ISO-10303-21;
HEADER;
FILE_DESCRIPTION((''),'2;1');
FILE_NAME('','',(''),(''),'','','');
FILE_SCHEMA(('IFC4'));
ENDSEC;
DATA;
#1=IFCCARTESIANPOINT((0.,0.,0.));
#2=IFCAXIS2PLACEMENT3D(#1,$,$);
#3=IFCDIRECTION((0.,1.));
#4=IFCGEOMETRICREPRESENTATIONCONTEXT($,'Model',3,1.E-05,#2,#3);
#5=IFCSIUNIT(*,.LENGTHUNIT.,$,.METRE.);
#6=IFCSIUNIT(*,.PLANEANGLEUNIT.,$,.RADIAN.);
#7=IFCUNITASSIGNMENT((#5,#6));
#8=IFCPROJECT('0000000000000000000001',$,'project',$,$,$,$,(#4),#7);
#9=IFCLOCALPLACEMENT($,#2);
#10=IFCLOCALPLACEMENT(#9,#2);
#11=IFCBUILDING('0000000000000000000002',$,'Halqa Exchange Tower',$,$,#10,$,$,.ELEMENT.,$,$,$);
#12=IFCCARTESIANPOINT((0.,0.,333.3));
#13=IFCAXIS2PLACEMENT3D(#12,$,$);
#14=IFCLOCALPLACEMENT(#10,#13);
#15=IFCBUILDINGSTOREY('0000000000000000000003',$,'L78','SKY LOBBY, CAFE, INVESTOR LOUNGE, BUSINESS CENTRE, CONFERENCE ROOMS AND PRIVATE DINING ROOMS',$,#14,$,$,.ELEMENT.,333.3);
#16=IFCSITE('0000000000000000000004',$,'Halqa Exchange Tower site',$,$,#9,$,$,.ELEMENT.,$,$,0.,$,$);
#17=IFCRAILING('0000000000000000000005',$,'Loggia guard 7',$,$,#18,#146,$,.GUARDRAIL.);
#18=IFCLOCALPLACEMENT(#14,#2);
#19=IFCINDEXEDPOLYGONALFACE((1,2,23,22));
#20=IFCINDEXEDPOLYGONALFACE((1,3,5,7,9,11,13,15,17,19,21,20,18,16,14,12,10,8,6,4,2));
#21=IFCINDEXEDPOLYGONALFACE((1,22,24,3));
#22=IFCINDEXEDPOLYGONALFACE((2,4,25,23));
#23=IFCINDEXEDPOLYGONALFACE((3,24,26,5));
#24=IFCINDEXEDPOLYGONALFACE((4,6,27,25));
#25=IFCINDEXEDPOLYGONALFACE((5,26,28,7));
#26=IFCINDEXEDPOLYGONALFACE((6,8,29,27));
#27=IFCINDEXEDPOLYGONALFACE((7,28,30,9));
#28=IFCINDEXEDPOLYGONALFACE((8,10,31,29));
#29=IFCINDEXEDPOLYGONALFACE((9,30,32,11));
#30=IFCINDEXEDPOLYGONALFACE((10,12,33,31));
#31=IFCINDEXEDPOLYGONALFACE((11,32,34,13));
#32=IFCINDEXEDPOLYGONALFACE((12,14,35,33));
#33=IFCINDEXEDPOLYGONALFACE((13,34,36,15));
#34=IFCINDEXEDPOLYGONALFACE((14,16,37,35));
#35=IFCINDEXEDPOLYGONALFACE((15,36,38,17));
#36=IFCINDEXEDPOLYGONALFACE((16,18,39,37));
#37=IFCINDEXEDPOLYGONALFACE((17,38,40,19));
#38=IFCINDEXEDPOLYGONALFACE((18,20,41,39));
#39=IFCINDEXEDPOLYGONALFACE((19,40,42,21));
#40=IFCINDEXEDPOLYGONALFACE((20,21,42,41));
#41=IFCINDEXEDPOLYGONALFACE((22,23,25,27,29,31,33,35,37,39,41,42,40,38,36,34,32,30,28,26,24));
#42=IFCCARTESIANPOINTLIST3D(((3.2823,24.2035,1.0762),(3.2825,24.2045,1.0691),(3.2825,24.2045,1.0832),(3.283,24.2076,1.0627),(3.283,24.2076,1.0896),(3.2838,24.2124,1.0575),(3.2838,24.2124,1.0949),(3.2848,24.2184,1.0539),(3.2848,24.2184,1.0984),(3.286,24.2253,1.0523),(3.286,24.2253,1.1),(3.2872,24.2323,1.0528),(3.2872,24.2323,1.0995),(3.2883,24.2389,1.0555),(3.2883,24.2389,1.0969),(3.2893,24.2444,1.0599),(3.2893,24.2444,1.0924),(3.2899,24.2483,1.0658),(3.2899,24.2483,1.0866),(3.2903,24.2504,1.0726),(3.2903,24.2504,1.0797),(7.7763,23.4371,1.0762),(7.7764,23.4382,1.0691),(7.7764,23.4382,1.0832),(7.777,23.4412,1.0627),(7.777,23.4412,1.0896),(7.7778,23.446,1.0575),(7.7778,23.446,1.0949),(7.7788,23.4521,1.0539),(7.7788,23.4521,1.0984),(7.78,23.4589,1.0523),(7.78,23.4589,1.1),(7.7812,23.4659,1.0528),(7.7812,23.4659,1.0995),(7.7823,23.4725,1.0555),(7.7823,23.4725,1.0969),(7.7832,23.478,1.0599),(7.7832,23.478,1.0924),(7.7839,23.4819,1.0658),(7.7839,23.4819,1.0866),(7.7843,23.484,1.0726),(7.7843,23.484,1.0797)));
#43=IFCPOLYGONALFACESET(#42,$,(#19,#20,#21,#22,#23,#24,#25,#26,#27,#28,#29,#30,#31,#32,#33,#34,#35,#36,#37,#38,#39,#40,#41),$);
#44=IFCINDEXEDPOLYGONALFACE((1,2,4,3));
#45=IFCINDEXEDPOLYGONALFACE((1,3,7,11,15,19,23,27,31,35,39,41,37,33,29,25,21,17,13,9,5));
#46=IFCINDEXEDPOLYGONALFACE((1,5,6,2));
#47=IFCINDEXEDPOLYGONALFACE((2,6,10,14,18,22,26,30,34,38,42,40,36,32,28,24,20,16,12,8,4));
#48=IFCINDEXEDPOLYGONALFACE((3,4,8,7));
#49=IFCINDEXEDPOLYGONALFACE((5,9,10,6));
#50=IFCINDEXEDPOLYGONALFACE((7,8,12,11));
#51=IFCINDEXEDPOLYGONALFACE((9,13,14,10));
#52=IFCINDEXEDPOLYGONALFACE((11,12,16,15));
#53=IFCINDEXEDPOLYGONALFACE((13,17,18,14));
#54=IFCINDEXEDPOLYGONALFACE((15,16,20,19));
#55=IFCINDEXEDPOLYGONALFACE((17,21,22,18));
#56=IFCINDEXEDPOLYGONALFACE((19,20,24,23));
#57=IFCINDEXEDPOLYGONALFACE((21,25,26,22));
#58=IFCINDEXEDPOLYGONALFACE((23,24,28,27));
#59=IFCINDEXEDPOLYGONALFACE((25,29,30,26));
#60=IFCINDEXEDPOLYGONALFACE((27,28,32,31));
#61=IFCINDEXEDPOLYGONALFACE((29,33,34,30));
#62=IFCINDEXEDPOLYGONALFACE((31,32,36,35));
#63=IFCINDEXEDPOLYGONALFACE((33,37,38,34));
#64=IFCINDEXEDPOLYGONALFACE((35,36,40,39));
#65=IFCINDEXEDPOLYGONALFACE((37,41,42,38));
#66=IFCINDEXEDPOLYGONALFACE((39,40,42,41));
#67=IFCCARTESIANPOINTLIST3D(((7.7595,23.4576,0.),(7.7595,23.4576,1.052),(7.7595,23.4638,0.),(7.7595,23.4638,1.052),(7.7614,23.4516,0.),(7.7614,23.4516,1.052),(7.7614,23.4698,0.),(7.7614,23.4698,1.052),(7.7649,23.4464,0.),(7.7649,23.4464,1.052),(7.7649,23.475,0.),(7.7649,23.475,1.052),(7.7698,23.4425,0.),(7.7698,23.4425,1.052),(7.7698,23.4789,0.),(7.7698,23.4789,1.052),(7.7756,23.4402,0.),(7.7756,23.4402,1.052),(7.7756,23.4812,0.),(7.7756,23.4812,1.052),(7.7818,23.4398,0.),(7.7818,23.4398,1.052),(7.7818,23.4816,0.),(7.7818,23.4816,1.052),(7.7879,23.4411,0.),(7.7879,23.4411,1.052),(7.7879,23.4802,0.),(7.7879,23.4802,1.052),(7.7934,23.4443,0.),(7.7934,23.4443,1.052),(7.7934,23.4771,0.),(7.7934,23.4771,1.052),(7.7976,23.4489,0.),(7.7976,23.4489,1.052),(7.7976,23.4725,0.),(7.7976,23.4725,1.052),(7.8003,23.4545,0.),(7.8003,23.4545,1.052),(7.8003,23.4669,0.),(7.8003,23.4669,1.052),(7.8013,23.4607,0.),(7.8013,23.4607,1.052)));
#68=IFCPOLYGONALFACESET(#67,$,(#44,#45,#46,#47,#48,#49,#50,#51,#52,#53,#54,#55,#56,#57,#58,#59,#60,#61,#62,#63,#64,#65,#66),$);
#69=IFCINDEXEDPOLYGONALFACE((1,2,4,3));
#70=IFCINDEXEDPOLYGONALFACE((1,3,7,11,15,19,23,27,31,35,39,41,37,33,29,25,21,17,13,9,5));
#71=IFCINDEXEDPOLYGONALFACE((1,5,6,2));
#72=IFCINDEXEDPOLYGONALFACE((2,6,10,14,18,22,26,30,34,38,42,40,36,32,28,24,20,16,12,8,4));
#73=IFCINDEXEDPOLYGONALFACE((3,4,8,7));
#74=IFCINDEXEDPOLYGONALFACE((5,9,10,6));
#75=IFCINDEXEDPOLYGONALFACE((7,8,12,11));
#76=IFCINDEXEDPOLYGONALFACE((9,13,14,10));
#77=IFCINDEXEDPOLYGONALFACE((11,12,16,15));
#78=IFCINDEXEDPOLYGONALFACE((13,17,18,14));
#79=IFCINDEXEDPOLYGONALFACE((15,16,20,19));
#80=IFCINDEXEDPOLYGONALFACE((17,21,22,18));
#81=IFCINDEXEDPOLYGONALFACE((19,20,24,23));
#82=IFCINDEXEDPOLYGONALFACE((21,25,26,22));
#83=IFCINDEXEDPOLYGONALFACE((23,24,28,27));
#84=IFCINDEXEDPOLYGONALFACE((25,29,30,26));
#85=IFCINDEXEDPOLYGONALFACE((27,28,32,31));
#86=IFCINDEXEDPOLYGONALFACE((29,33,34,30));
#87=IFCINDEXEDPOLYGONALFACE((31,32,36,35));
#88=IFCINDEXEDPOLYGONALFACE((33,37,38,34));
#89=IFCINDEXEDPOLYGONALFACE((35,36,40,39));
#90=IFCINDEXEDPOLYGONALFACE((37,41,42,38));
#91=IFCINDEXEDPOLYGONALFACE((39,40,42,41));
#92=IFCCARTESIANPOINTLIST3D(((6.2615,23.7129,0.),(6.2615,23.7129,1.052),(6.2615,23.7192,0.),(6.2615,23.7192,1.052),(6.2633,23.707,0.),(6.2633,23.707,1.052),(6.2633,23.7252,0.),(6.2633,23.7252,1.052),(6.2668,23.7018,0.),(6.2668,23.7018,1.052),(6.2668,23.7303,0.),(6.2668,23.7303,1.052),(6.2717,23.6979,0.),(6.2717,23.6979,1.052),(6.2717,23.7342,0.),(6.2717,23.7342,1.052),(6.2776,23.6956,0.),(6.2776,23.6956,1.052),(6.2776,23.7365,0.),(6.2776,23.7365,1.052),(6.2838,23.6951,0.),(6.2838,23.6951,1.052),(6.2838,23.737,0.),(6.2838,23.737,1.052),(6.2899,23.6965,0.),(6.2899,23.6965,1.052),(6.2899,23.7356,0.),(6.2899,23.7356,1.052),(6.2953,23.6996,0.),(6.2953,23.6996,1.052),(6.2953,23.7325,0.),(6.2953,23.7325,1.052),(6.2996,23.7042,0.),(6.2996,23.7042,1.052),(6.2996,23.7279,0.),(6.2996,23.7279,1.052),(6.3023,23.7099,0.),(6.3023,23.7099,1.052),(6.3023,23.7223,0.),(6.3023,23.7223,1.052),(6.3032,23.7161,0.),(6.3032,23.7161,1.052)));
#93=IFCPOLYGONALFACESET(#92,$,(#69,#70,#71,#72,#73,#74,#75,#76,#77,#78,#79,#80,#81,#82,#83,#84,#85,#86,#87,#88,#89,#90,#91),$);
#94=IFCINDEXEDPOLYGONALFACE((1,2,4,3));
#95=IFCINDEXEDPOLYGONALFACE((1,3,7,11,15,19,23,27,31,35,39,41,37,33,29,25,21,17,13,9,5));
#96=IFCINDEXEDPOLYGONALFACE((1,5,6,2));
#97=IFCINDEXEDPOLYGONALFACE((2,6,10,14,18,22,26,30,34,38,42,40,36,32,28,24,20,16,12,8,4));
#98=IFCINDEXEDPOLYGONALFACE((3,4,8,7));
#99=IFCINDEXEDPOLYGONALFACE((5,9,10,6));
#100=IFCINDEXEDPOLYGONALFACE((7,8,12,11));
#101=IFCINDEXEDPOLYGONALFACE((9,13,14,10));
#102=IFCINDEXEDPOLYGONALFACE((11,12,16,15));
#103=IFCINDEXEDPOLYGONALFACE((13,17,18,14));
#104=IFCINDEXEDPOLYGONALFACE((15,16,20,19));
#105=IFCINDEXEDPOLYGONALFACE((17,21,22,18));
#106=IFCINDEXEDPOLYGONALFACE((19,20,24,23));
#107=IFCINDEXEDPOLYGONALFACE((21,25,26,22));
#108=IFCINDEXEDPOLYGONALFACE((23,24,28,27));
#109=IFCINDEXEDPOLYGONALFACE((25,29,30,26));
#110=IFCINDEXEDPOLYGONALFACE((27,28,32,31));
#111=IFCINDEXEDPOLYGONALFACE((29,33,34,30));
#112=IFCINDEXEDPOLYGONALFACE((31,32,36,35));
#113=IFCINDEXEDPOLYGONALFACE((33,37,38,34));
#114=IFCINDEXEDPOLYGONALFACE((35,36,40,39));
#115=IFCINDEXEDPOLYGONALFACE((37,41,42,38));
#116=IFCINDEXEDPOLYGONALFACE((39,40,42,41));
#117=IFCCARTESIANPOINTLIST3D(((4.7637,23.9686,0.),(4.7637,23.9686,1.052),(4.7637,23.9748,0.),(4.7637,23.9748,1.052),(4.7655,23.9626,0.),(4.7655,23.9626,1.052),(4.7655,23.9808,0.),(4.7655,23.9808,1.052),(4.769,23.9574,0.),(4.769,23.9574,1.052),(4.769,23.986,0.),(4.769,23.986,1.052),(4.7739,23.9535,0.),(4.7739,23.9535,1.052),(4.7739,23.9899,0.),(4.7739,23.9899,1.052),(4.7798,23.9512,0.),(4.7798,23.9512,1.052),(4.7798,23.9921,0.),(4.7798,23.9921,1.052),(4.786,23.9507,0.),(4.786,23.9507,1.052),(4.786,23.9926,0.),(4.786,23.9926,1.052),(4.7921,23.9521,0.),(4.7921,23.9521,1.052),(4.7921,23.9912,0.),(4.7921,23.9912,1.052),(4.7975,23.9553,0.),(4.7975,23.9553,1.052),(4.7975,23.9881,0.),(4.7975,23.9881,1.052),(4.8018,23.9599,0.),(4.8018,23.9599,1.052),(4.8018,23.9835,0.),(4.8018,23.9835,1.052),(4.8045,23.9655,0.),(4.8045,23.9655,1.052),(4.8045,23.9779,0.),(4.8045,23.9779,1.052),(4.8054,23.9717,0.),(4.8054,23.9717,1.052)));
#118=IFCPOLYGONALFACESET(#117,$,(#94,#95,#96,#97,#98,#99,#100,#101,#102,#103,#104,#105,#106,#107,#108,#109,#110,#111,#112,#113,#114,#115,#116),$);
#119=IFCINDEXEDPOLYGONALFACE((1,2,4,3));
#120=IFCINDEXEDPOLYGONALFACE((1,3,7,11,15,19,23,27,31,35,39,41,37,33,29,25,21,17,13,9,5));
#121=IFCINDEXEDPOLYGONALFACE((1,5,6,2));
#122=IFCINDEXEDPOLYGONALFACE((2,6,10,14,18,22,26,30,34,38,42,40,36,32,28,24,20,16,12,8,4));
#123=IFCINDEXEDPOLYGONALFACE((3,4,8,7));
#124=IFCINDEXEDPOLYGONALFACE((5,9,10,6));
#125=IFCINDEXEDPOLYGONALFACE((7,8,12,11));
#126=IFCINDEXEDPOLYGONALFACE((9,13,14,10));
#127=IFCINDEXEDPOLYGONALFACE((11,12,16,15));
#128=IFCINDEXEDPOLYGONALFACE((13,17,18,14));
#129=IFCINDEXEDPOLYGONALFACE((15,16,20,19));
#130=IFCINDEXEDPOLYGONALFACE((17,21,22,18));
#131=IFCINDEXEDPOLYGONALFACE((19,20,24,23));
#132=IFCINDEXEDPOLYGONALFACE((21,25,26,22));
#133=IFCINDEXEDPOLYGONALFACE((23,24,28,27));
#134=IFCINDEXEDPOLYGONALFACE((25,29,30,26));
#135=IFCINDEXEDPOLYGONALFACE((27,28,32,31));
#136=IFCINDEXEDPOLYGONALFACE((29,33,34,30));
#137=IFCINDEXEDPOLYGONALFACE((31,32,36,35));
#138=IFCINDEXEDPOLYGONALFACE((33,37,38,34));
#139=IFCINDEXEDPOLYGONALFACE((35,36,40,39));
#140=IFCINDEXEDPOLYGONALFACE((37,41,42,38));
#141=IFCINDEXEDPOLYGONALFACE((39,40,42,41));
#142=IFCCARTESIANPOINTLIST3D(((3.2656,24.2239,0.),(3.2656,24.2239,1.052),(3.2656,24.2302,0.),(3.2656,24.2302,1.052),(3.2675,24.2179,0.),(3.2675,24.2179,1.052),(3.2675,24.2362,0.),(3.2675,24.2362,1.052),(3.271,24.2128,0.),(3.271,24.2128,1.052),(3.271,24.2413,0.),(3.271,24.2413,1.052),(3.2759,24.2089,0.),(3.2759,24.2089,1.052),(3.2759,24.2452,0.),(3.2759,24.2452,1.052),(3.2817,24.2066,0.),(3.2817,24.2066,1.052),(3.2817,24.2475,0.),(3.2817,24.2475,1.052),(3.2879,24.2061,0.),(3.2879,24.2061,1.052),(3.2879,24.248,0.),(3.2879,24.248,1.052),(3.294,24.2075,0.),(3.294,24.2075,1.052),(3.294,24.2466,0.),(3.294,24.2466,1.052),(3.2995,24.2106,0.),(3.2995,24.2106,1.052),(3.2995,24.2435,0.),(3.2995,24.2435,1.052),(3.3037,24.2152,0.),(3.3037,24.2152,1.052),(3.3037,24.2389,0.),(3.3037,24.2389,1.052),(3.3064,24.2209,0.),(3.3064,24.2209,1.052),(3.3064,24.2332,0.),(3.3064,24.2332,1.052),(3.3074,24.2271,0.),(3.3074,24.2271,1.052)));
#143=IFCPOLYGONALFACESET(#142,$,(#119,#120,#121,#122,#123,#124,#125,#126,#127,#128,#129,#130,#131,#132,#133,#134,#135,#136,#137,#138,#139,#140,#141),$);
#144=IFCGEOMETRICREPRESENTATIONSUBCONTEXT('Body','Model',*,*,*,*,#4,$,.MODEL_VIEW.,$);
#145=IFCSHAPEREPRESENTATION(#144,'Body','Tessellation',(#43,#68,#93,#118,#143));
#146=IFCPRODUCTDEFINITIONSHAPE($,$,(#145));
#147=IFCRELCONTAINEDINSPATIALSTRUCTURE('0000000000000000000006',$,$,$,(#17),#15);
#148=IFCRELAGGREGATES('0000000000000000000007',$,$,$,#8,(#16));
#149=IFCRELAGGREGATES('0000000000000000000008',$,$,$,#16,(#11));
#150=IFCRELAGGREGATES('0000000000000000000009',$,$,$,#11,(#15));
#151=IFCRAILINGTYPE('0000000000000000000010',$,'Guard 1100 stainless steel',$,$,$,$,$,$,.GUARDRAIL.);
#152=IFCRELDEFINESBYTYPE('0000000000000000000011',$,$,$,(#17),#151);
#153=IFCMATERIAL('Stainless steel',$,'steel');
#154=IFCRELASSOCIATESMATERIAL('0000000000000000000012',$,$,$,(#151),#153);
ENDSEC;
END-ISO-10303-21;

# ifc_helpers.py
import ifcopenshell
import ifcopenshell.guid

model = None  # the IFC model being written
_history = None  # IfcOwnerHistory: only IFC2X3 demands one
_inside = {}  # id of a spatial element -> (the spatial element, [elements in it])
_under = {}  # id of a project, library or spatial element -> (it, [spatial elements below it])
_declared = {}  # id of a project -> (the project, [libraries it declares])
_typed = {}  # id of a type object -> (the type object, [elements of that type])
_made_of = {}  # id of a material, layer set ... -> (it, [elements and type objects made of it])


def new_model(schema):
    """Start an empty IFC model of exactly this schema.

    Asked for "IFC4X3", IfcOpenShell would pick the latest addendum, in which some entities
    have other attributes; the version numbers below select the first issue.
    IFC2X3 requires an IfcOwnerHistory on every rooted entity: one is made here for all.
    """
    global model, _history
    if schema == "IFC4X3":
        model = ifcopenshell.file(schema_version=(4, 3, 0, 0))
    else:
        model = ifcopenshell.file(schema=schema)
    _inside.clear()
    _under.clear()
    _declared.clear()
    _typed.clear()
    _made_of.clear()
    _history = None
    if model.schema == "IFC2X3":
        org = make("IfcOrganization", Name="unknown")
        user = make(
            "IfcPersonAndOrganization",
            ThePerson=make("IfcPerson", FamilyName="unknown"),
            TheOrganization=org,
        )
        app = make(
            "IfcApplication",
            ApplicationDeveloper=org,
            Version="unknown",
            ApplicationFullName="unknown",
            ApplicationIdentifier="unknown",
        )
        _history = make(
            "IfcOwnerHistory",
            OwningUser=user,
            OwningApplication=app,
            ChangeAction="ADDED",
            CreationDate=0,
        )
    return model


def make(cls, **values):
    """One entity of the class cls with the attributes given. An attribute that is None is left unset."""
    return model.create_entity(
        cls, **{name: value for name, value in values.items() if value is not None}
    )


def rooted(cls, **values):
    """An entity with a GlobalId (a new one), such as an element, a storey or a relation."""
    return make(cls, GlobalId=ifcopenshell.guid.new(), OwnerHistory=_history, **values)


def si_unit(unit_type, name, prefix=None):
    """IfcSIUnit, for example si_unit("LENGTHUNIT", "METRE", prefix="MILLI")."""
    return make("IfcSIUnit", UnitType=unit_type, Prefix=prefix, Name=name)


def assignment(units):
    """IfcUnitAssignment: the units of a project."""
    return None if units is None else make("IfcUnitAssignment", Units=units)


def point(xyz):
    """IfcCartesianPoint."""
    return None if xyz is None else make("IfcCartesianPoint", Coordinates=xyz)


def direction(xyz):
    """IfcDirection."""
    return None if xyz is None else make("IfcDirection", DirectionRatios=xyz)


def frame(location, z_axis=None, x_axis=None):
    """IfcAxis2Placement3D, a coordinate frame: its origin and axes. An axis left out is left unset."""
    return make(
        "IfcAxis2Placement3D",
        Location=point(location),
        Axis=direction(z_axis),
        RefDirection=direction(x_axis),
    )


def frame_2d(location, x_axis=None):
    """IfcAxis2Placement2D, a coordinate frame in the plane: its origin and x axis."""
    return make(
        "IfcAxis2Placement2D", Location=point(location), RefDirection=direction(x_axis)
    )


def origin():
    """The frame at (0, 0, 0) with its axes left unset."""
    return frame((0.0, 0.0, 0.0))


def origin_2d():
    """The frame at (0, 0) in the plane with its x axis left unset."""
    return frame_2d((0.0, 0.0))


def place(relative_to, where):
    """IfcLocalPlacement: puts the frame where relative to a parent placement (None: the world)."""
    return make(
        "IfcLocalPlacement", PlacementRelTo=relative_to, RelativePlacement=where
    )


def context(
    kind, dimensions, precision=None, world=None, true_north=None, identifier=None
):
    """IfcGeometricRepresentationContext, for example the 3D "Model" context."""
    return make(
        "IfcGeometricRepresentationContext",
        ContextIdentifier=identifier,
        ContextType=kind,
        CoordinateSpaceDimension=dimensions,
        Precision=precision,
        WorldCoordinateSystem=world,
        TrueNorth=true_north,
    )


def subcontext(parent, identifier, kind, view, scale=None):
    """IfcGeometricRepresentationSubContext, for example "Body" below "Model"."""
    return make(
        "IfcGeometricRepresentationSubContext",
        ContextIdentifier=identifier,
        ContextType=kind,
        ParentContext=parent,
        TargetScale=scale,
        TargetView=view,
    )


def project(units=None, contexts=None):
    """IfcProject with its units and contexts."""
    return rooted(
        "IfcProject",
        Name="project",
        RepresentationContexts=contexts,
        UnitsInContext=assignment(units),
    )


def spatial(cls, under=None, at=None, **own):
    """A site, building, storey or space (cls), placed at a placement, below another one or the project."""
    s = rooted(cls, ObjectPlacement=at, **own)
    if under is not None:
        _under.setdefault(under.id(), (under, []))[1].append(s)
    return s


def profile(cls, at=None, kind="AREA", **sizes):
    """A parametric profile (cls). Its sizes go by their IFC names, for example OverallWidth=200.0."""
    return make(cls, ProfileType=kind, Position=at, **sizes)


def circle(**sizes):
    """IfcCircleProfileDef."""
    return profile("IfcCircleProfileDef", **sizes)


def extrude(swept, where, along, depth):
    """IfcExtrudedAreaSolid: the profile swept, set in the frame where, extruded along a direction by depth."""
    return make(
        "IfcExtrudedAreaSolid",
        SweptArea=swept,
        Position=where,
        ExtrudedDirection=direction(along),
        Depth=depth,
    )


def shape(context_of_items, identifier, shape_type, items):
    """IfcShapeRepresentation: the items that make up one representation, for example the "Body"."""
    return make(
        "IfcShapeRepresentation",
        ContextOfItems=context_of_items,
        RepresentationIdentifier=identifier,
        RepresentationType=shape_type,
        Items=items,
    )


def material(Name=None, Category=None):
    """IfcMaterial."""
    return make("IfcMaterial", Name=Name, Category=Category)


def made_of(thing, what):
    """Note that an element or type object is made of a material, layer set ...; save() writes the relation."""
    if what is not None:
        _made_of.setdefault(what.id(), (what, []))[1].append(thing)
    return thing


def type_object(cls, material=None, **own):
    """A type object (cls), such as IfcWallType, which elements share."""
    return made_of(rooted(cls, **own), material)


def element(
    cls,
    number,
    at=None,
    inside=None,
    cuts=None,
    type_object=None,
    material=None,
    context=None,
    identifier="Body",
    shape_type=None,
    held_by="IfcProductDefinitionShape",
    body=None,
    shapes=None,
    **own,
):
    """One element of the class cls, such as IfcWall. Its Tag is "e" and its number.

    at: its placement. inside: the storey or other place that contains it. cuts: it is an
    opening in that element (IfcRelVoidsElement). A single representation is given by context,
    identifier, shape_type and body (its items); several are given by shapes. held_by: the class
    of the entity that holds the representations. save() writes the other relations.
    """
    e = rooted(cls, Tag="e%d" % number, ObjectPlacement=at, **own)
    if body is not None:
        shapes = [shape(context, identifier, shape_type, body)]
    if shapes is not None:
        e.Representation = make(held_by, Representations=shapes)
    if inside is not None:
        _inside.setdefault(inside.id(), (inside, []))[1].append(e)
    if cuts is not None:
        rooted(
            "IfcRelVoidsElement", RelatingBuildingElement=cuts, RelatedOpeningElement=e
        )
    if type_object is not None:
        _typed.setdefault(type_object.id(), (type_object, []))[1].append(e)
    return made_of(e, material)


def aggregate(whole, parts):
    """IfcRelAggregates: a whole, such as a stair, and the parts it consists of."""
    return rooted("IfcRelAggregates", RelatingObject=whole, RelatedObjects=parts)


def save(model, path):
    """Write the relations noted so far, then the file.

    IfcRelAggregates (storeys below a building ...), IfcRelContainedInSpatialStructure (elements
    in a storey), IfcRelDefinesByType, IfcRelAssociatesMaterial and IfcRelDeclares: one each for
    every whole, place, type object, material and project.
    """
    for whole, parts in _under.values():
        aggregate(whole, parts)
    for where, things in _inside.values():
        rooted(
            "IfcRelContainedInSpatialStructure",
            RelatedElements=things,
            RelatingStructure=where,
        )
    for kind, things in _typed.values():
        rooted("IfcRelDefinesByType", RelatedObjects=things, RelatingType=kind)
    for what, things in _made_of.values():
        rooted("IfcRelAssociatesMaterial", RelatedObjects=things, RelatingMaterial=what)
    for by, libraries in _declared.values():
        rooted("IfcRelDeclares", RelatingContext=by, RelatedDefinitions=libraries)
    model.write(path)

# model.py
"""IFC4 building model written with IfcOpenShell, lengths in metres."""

from ifc_helpers import new_model, si_unit, direction, frame, origin, origin_2d, place, context, subcontext, project, spatial, circle, extrude, material, type_object, element, save


model = new_model("IFC4")

# Units and contexts
model_context = context("Model", 3, precision=1e-05, world=origin(), true_north=direction((0.0, 1.0)))
body_context = subcontext(model_context, "Body", "Model", "MODEL_VIEW")
ifc_project = project(units=[si_unit("LENGTHUNIT", "METRE"), si_unit("PLANEANGLEUNIT", "RADIAN")], contexts=[model_context])

# Site, building, storey
site_placement = place(None, origin())
site = spatial("IfcSite", under=ifc_project, at=site_placement, Name="Halqa Exchange Tower site", CompositionType="ELEMENT", RefElevation=0.0)
building_placement = place(site_placement, origin())
building = spatial("IfcBuilding", under=site, at=building_placement, Name="Halqa Exchange Tower", CompositionType="ELEMENT")
storey_placement = place(building_placement, frame((0.0, 0.0, 333.3)))
storey = spatial("IfcBuildingStorey", under=building, at=storey_placement, Name="L78", Description="SKY LOBBY, CAFE, INVESTOR LOUNGE, BUSINESS CENTRE, CONFERENCE ROOMS AND PRIVATE DINING ROOMS", CompositionType="ELEMENT", Elevation=333.3)

# Railing
ifc_material_1 = material(Name="Stainless steel", Category="steel")
railing_type = type_object("IfcRailingType", Name="Guard 1100 stainless steel", PredefinedType="GUARDRAIL", material=ifc_material_1)
railing_1_placement = place(storey_placement, frame((7.7803, 23.4607, 0.0)))
element("IfcRailing", 1, at=railing_1_placement, inside=storey, type_object=railing_type, Name="Loggia guard 7", PredefinedType="GUARDRAIL", context=body_context, shape_type="SweptSolid", body=[
    extrude(circle(Radius=0.0239, at=origin_2d()), frame((0.0, 0.0, 1.0762), z_axis=(-0.985769, 0.168106, 0.0), x_axis=(-0.168106, -0.985769, 0.0)), (0.0, 0.0, 1.0), 4.5588),
    extrude(circle(Radius=0.021, at=origin_2d()), origin(), (0.0, 0.0, 1.0), 1.052),
    extrude(circle(Radius=0.021, at=origin_2d()), frame((-1.498, 0.2554, 0.0)), (0.0, 0.0, 1.0), 1.052),
    extrude(circle(Radius=0.021, at=origin_2d()), frame((-2.9958, 0.511, 0.0)), (0.0, 0.0, 1.0), 1.052),
    extrude(circle(Radius=0.021, at=origin_2d()), frame((-4.4939, 0.7664, 0.0)), (0.0, 0.0, 1.0), 1.052),
])

save(model, "model.ifc")
